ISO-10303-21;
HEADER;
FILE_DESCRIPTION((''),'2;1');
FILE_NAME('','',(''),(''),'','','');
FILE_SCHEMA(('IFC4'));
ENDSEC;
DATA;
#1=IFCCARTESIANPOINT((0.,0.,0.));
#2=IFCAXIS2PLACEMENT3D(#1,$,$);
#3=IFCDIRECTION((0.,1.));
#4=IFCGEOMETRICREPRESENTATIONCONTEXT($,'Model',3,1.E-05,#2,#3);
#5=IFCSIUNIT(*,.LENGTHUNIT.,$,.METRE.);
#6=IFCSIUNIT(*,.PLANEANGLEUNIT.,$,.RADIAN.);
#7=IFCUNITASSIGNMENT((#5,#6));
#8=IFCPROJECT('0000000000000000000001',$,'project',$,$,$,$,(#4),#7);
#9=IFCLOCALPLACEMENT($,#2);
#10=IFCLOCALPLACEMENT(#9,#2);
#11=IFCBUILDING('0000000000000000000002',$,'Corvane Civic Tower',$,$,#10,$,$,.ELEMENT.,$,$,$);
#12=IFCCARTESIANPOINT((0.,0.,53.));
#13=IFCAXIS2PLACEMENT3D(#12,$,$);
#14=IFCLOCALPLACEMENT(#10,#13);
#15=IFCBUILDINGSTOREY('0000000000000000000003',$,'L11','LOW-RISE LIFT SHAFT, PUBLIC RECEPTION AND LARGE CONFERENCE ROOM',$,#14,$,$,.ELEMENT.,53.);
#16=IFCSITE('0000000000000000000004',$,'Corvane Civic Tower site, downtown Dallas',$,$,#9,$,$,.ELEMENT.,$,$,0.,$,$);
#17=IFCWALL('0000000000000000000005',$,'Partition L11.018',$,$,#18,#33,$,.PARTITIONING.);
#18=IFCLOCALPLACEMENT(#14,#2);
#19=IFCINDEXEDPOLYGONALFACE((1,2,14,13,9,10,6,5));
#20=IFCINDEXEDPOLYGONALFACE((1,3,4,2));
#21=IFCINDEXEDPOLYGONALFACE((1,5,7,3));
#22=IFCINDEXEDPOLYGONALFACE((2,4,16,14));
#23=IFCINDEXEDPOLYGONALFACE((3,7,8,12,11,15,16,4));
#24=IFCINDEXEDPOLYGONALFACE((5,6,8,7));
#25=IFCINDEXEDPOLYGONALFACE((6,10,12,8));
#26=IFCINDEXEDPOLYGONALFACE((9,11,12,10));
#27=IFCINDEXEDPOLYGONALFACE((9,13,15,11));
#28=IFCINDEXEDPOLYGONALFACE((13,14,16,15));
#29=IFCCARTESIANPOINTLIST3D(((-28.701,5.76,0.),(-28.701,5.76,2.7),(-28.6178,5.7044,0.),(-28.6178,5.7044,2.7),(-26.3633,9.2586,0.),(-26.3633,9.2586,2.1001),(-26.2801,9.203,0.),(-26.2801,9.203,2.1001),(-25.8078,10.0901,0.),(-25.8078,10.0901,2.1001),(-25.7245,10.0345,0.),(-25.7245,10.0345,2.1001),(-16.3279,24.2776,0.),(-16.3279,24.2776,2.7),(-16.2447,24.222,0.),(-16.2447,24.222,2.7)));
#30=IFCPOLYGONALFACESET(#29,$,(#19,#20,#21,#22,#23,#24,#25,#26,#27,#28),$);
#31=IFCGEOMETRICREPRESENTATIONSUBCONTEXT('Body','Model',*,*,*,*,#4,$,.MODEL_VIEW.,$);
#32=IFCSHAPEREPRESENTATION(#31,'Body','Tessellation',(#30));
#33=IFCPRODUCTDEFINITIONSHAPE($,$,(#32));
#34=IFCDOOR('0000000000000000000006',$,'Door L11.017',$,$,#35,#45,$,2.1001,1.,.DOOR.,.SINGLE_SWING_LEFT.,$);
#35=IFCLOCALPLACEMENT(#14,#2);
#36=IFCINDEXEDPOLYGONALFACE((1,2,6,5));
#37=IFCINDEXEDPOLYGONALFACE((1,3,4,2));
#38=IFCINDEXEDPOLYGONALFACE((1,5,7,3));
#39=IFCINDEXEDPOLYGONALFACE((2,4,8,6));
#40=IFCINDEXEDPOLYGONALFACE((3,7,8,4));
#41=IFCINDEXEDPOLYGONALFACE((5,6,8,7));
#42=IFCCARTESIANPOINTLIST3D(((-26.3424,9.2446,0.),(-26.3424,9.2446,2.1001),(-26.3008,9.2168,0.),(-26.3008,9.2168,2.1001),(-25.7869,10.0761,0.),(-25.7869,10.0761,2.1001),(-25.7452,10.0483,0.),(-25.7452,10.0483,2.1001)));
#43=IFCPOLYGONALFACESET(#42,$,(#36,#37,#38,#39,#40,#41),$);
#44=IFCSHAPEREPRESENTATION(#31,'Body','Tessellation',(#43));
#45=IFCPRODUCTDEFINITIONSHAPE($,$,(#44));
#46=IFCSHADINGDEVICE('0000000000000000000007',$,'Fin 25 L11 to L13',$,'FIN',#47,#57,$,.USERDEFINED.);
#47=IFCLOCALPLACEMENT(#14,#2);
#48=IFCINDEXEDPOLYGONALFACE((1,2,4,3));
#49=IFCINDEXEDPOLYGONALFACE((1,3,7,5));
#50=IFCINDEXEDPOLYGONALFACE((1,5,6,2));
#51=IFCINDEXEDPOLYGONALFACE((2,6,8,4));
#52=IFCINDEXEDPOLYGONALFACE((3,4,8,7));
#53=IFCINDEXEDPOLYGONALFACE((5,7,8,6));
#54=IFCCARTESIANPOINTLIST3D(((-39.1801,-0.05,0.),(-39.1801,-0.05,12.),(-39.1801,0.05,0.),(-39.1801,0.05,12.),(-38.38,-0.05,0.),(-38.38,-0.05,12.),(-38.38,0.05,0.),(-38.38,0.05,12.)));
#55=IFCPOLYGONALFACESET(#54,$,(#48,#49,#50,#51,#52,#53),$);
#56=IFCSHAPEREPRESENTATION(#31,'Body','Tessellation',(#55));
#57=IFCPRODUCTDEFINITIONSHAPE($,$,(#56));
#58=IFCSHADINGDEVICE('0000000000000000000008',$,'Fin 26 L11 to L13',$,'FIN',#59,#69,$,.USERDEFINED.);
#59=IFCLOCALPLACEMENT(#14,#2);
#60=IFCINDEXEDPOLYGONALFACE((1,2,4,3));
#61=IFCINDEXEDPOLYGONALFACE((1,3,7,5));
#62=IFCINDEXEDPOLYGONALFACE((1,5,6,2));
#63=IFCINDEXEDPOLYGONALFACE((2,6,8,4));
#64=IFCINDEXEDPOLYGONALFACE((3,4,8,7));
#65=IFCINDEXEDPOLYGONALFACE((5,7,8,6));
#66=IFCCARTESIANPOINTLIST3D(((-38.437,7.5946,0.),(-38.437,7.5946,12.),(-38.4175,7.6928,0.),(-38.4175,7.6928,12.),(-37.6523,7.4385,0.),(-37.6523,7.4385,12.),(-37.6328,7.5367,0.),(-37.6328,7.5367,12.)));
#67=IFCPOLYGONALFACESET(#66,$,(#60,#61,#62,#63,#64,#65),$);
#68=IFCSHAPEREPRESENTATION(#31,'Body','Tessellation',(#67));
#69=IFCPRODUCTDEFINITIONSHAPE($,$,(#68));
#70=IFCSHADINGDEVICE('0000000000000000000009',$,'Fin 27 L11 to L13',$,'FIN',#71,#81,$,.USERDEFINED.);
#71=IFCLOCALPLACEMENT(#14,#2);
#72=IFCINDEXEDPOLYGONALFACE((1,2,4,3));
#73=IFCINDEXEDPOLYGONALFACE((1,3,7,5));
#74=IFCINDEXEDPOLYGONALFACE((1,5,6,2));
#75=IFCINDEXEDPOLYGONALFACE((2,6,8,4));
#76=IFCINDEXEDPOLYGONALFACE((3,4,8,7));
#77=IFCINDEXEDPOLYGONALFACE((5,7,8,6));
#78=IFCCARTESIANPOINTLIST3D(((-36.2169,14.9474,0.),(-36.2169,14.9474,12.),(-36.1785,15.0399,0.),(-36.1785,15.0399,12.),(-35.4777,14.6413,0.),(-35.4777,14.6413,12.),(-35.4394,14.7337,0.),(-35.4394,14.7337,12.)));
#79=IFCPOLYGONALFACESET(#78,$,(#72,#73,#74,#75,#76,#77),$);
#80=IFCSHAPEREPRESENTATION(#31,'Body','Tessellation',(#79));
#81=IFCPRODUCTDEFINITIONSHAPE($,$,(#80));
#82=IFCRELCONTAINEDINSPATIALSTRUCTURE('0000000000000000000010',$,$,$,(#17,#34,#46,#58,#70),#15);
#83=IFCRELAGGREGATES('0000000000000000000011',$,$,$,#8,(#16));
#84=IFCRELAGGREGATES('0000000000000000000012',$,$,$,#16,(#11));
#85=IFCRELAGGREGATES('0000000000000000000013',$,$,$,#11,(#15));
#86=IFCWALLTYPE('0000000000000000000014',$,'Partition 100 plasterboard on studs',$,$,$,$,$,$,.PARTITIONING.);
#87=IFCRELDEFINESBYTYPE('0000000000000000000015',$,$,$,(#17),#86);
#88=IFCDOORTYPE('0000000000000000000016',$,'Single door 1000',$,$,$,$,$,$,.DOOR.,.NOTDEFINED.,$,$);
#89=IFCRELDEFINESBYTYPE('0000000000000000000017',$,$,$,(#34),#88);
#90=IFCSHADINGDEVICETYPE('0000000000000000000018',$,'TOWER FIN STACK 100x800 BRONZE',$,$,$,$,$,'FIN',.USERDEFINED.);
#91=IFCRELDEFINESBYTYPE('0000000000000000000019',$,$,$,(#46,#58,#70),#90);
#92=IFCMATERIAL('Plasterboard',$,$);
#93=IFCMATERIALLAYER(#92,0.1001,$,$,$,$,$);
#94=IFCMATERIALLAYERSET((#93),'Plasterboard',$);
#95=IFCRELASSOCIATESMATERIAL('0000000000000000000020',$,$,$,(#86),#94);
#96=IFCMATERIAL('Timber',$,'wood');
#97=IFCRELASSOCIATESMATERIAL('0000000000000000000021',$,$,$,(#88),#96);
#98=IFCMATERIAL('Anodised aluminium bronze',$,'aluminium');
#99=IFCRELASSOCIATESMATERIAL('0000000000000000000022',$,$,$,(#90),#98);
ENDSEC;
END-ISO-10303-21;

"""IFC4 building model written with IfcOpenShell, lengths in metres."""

from ifc_helpers import new_model, si_unit, direction, frame, frame_2d, origin, origin_2d, place, context, subcontext, project, spatial, rectangle, extrude, material, layer, layer_set, material_profile, profile_set, type_object, element, fill, save


model = new_model("IFC4")

# Units and contexts
model_context = context("Model", 3, precision=1e-05, world=origin(), true_north=direction((0.0, 1.0)))
body_context = subcontext(model_context, "Body", "Model", "MODEL_VIEW")
ifc_project = project(units=[si_unit("LENGTHUNIT", "METRE"), si_unit("PLANEANGLEUNIT", "RADIAN")], contexts=[model_context])

# Site, building, storey
site_placement = place(None, origin())
site = spatial("IfcSite", under=ifc_project, at=site_placement, Name="Corvane Civic Tower site, downtown Dallas", CompositionType="ELEMENT", RefElevation=0.0)
building_placement = place(site_placement, origin())
building = spatial("IfcBuilding", under=site, at=building_placement, Name="Corvane Civic Tower", CompositionType="ELEMENT")
storey_placement = place(building_placement, frame((0.0, 0.0, 53.0)))
storey = spatial("IfcBuildingStorey", under=building, at=storey_placement, Name="L11", Description="LOW-RISE LIFT SHAFT, PUBLIC RECEPTION AND LARGE CONFERENCE ROOM", CompositionType="ELEMENT", Elevation=53.0)

# Shared definitions
ifc_material_1 = material(Name="Plasterboard")
ifc_layer_1 = layer(ifc_material_1, 0.1001)
ifc_layer_set_1 = layer_set([ifc_layer_1], Name="Plasterboard")
wall_type = type_object("IfcWallType", Name="Partition 100 plasterboard on studs", PredefinedType="PARTITIONING", material=ifc_layer_set_1)
ifc_material_2 = material(Name="Timber", Category="wood")
door_type = type_object("IfcDoorType", Name="Single door 1000", OperationType="NOTDEFINED", PredefinedType="DOOR", material=ifc_material_2)

# Wall, opening, door
wall_1_placement = place(storey_placement, frame((-28.6594, 5.7322, 0.0), z_axis=(0.0, 0.0, 1.0), x_axis=(0.55557, 0.83147, 0.0)))
wall_1 = element("IfcWall", 1, at=wall_1_placement, inside=storey, type_object=wall_type, Name="Partition L11.018", PredefinedType="PARTITIONING", context=body_context, shape_type="SweptSolid", body=[
    extrude(rectangle(XDim=22.271, YDim=0.1001, at=frame_2d((11.1355, 0.0))), origin(), (0.0, 0.0, 1.0), 2.7),
])
opening_1_placement = place(wall_1_placement, frame((4.2078, 0.0, 0.0)))
opening_1 = element("IfcOpeningElement", 2, at=opening_1_placement, cuts=wall_1, PredefinedType="OPENING", context=body_context, shape_type="SweptSolid", body=[
    extrude(rectangle(XDim=1.0, YDim=2.1001, at=frame_2d((0.5, 1.05))), frame((0.0, 0.0601, 0.0), z_axis=(0.0, -1.0, 0.0), x_axis=(1.0, 0.0, 0.0)), (0.0, 0.0, 1.0), 0.1201),
])
door_1_placement = place(opening_1_placement, origin())
door_1 = element("IfcDoor", 3, at=door_1_placement, inside=storey, type_object=door_type, Name="Door L11.017", OperationType="SINGLE_SWING_LEFT", OverallHeight=2.1001, OverallWidth=1.0, PredefinedType="DOOR", context=body_context, shape_type="SweptSolid", body=[
    extrude(rectangle(XDim=1.0, YDim=2.1001, at=frame_2d((0.5, 1.05))), frame((0.0, 0.0249, 0.0), z_axis=(0.0, -1.0, 0.0), x_axis=(1.0, 0.0, 0.0)), (0.0, 0.0, 1.0), 0.05),
])
fill(opening_1, door_1)

# Shading devices
ifc_material_3 = material(Name="Anodised aluminium bronze", Category="aluminium")
ifc_material_profile_1 = material_profile(ifc_material_3, rectangle(XDim=0.1001, YDim=0.8, at=origin_2d()), Name="TOWER FIN STACK 100x800 BRONZE")
ifc_profile_set_1 = profile_set([ifc_material_profile_1], Name="Anodised aluminium bronze")
shading_device_type = type_object("IfcShadingDeviceType", Name="TOWER FIN STACK 100x800 BRONZE", ElementType="FIN", PredefinedType="USERDEFINED", material=ifc_profile_set_1)
for number, where, z_axis, x_axis, name in (
    (4, (-38.78, 0.0, 0.0), (0.0, 0.0, 1.0), (0.0, 1.0, 0.0), "Fin 25 L11 to L13"),
    (5, (-38.0349, 7.5657, 0.0), (0.0, 0.0, 1.0), (0.19509, 0.980785, 0.0), "Fin 26 L11 to L13"),
    (6, (-35.8281, 14.8406, 0.0), (0.0, 0.0, 1.0), (0.382683, 0.92388, 0.0), "Fin 27 L11 to L13"),
):
    element("IfcShadingDevice", number, at=place(storey_placement, frame(where, z_axis=z_axis, x_axis=x_axis)), inside=storey, type_object=shading_device_type, Name=name, ObjectType="FIN", PredefinedType="USERDEFINED", context=body_context, shape_type="SweptSolid", body=[
        extrude(rectangle(XDim=0.1001, YDim=0.8, at=origin_2d()), origin(), (0.0, 0.0, 1.0), 12.0),
    ])

save(model, "model.ifc")
